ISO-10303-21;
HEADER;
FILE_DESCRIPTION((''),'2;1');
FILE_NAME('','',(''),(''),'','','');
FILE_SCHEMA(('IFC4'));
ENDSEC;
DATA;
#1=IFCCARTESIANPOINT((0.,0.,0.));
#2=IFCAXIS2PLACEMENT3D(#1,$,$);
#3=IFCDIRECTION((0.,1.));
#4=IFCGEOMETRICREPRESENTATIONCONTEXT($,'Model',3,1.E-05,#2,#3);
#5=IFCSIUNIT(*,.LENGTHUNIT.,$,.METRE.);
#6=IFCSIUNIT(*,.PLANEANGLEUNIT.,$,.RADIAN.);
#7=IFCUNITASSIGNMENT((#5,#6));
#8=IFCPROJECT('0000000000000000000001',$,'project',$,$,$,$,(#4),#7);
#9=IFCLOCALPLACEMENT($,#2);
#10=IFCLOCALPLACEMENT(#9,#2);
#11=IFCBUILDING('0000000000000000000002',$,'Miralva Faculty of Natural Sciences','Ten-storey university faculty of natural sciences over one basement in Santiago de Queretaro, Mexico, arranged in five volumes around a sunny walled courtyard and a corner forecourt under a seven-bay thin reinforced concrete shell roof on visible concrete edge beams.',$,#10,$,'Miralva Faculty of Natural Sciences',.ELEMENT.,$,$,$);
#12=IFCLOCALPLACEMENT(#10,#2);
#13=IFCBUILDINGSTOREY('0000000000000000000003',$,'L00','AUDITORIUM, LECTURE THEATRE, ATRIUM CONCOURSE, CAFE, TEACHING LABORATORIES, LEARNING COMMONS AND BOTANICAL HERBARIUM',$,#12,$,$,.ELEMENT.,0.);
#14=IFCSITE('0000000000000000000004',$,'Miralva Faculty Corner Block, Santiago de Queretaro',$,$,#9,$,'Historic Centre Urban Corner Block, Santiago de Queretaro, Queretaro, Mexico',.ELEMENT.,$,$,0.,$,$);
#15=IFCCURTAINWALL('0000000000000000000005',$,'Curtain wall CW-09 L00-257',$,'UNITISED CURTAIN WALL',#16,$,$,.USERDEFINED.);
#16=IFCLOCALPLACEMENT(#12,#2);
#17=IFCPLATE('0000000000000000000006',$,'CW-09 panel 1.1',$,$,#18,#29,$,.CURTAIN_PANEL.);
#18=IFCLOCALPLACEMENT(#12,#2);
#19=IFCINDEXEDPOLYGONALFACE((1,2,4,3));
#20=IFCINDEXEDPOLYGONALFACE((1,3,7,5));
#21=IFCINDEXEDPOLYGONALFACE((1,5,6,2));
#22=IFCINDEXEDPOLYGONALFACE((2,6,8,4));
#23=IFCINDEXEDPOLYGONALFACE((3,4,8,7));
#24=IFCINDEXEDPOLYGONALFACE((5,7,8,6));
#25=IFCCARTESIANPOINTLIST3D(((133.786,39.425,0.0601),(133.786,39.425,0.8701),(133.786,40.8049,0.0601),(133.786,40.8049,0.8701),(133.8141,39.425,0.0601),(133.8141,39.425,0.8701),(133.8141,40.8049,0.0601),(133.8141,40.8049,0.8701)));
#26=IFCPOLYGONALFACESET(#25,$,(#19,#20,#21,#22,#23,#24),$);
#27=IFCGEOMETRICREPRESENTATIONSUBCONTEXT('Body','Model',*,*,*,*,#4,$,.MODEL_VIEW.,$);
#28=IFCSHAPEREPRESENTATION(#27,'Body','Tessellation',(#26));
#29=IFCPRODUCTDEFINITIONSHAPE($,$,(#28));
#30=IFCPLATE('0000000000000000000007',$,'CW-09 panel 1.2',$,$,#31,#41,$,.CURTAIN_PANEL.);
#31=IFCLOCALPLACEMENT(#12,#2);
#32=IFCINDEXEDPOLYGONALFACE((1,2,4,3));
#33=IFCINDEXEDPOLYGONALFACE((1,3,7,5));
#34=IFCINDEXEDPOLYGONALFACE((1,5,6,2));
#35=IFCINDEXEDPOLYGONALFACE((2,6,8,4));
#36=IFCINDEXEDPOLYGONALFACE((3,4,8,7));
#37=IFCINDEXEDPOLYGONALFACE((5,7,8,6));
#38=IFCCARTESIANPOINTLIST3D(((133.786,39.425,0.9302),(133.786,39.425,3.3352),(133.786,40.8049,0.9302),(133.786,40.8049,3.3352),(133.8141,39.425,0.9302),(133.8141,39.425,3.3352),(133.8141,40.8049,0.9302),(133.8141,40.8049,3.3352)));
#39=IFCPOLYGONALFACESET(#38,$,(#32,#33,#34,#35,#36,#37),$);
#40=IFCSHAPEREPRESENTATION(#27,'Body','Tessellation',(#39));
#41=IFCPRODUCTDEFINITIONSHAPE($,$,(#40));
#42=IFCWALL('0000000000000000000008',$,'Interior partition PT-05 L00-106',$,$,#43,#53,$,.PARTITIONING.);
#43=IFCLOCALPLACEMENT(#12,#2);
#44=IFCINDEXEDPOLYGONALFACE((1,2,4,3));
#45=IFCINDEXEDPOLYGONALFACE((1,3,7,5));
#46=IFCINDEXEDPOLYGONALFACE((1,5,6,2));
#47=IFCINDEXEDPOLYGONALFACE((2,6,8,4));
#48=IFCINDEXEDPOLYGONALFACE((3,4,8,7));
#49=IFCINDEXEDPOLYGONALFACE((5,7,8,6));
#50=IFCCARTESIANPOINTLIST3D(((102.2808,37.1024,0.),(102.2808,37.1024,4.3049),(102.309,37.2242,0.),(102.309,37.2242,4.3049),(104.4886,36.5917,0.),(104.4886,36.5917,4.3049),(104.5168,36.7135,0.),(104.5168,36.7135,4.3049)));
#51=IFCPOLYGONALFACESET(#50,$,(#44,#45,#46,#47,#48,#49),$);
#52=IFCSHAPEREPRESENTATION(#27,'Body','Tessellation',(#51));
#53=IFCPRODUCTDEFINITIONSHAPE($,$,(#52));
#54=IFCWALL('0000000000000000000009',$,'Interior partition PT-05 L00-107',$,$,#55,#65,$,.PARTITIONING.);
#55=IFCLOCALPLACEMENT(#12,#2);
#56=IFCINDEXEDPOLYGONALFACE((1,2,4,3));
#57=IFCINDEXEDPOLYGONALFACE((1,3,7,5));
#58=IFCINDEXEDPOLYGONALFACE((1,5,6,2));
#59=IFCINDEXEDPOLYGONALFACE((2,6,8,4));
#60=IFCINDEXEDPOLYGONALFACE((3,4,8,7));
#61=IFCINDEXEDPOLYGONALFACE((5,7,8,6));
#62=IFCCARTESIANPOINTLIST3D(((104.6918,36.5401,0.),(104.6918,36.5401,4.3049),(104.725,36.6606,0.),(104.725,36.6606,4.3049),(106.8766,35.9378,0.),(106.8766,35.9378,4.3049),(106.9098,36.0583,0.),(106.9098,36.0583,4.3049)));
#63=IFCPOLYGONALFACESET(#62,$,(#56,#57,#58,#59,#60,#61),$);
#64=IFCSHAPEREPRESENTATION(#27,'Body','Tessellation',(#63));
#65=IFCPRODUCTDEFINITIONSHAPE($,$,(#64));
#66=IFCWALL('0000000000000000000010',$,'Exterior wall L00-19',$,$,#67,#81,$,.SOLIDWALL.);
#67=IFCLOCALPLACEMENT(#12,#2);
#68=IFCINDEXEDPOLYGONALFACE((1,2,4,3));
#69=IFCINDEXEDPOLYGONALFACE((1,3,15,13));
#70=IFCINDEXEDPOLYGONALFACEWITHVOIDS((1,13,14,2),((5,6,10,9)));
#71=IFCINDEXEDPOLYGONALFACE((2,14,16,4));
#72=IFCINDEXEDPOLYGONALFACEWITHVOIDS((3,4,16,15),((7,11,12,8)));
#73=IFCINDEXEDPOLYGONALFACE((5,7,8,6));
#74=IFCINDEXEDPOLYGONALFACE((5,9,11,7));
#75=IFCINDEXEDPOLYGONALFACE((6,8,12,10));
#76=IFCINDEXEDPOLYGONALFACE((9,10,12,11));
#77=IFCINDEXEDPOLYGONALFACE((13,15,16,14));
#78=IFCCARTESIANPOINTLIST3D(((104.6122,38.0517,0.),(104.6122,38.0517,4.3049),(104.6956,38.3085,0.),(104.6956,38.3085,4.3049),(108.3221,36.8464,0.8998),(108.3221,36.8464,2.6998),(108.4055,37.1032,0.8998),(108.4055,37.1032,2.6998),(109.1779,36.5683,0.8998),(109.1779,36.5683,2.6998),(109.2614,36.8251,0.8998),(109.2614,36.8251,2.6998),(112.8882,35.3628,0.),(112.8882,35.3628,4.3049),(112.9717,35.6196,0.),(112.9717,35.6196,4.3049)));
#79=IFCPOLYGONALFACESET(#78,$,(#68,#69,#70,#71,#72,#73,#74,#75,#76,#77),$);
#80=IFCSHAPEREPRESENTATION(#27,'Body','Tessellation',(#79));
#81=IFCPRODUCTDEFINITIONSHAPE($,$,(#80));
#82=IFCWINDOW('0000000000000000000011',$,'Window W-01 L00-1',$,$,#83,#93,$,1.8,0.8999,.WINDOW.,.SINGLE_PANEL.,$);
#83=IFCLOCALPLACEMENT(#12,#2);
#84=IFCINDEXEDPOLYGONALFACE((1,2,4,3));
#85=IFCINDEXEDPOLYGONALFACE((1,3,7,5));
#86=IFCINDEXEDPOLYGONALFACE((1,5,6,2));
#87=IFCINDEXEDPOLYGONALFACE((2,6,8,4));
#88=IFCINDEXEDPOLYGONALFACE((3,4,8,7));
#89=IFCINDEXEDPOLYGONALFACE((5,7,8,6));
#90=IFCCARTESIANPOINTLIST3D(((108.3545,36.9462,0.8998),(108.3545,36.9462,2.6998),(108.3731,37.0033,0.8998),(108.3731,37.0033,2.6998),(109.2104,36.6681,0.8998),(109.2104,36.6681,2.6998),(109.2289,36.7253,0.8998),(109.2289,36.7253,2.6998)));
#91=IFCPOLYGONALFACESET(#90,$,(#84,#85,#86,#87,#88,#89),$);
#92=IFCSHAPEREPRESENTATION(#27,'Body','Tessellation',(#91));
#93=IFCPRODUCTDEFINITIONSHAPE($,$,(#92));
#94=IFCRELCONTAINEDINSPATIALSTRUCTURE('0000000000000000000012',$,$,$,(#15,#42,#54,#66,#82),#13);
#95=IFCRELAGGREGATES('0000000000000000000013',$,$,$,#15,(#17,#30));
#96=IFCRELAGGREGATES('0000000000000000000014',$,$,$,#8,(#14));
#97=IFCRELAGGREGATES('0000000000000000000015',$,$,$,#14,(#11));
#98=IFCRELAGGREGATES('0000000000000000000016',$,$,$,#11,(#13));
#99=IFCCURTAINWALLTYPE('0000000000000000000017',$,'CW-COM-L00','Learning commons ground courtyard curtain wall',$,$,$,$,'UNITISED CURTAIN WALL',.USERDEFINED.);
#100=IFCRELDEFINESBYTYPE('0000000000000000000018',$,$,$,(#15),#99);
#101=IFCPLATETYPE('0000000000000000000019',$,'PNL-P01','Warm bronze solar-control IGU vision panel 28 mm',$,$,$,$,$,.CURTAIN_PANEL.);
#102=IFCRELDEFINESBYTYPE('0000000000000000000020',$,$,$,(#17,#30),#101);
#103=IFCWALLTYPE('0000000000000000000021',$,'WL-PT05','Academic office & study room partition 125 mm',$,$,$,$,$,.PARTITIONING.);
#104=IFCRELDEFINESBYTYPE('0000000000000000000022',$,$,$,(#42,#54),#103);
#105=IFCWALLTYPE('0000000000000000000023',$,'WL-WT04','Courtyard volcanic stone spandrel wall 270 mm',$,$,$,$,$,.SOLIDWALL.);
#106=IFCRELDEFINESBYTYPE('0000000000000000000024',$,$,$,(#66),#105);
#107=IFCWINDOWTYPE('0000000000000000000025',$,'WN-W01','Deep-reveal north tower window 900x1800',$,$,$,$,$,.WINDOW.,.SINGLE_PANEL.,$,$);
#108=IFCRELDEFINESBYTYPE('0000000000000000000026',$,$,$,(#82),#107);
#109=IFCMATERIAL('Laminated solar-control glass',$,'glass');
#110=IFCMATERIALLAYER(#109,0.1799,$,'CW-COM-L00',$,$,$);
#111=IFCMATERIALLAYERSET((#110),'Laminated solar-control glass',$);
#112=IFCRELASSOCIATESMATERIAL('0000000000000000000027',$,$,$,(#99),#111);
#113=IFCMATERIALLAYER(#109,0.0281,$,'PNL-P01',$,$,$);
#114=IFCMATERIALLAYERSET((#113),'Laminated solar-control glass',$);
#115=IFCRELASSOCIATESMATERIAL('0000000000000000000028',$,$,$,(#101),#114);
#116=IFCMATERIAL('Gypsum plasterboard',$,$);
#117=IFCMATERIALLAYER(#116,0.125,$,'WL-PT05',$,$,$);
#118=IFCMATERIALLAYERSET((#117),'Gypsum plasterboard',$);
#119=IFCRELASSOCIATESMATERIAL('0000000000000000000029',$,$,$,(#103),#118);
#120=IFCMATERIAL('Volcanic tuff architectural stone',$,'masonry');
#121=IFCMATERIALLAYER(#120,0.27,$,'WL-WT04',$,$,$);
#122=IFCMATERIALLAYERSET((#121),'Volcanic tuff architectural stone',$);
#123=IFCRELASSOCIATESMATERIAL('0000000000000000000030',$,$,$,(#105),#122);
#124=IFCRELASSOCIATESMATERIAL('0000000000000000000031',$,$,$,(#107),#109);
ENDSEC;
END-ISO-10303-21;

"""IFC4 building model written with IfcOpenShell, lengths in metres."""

from ifc_helpers import new_model, si_unit, direction, frame, frame_2d, origin, origin_2d, place, context, subcontext, project, spatial, rectangle, extrude, material, layer, layer_set, type_object, element, fill, aggregate, save


model = new_model("IFC4")

# Units and contexts
model_context = context("Model", 3, precision=1e-05, world=origin(), true_north=direction((0.0, 1.0)))
body_context = subcontext(model_context, "Body", "Model", "MODEL_VIEW")
ifc_project = project(units=[si_unit("LENGTHUNIT", "METRE"), si_unit("PLANEANGLEUNIT", "RADIAN")], contexts=[model_context])

# Site, building, storey
site_placement = place(None, origin())
site = spatial("IfcSite", under=ifc_project, at=site_placement, Name="Miralva Faculty Corner Block, Santiago de Queretaro", LongName="Historic Centre Urban Corner Block, Santiago de Queretaro, Queretaro, Mexico", CompositionType="ELEMENT", RefElevation=0.0)
building_placement = place(site_placement, origin())
building = spatial("IfcBuilding", under=site, at=building_placement, Name="Miralva Faculty of Natural Sciences", Description="Ten-storey university faculty of natural sciences over one basement in Santiago de Queretaro, Mexico, arranged in five volumes around a sunny walled courtyard and a corner forecourt under a seven-bay thin reinforced concrete shell roof on visible concrete edge beams.", LongName="Miralva Faculty of Natural Sciences", CompositionType="ELEMENT")
storey_placement = place(building_placement, origin())
storey = spatial("IfcBuildingStorey", under=building, at=storey_placement, Name="L00", Description="AUDITORIUM, LECTURE THEATRE, ATRIUM CONCOURSE, CAFE, TEACHING LABORATORIES, LEARNING COMMONS AND BOTANICAL HERBARIUM", CompositionType="ELEMENT", Elevation=0.0)

# Shared definitions
ifc_material_1 = material(Name="Laminated solar-control glass", Category="glass")

# Curtain wall
ifc_layer_1 = layer(ifc_material_1, 0.1799, Name="CW-COM-L00")
ifc_layer_set_1 = layer_set([ifc_layer_1], Name="Laminated solar-control glass")
curtain_wall_type_1 = type_object("IfcCurtainWallType", Name="CW-COM-L00", Description="Learning commons ground courtyard curtain wall", ElementType="UNITISED CURTAIN WALL", PredefinedType="USERDEFINED", material=ifc_layer_set_1)
curtain_wall_1_placement = place(storey_placement, origin())
curtain_wall_1 = element("IfcCurtainWall", 1, at=curtain_wall_1_placement, inside=storey, type_object=curtain_wall_type_1, Name="Curtain wall CW-09 L00-257", ObjectType="UNITISED CURTAIN WALL", PredefinedType="USERDEFINED")

# Plates
ifc_layer_2 = layer(ifc_material_1, 0.0281, Name="PNL-P01")
ifc_layer_set_2 = layer_set([ifc_layer_2], Name="Laminated solar-control glass")
plate_type = type_object("IfcPlateType", Name="PNL-P01", Description="Warm bronze solar-control IGU vision panel 28 mm", PredefinedType="CURTAIN_PANEL", material=ifc_layer_set_2)
plate_1_placement = place(storey_placement, frame((133.8, 40.115, 0.0601), z_axis=(0.0, 0.0, 1.0), x_axis=(0.0, 1.0, 0.0)))
plate_1 = element("IfcPlate", 2, at=plate_1_placement, type_object=plate_type, Name="CW-09 panel 1.1", PredefinedType="CURTAIN_PANEL", context=body_context, shape_type="SweptSolid", body=[
    extrude(rectangle(XDim=1.3799, YDim=0.0281, at=origin_2d()), origin(), (0.0, 0.0, 1.0), 0.8101),
])
plate_2_placement = place(storey_placement, frame((133.8, 40.115, 0.9302), z_axis=(0.0, 0.0, 1.0), x_axis=(0.0, 1.0, 0.0)))
plate_2 = element("IfcPlate", 3, at=plate_2_placement, type_object=plate_type, Name="CW-09 panel 1.2", PredefinedType="CURTAIN_PANEL", context=body_context, shape_type="SweptSolid", body=[
    extrude(rectangle(XDim=1.3799, YDim=0.0281, at=origin_2d()), origin(), (0.0, 0.0, 1.0), 2.405),
])
aggregate(curtain_wall_1, [plate_1, plate_2])

# Walls
ifc_material_2 = material(Name="Gypsum plasterboard")
ifc_layer_3 = layer(ifc_material_2, 0.125, Name="WL-PT05")
ifc_layer_set_3 = layer_set([ifc_layer_3], Name="Gypsum plasterboard")
wall_type_1 = type_object("IfcWallType", Name="WL-PT05", Description="Academic office & study room partition 125 mm", PredefinedType="PARTITIONING", material=ifc_layer_set_3)
wall_1_placement = place(storey_placement, frame((102.2949, 37.1633, 0.0), z_axis=(0.0, 0.0, 1.0), x_axis=(0.974269, -0.225387, 0.0)))
element("IfcWall", 4, at=wall_1_placement, inside=storey, type_object=wall_type_1, Name="Interior partition PT-05 L00-106", PredefinedType="PARTITIONING", context=body_context, shape_type="SweptSolid", body=[
    extrude(rectangle(XDim=2.2661, YDim=0.125, at=frame_2d((1.1331, 0.0))), origin(), (0.0, 0.0, 1.0), 4.3049),
])
wall_2_placement = place(storey_placement, frame((104.7083, 36.6003, 0.0), z_axis=(0.0, 0.0, 1.0), x_axis=(0.964039, -0.26576, 0.0)))
element("IfcWall", 5, at=wall_2_placement, inside=storey, type_object=wall_type_1, Name="Interior partition PT-05 L00-107", PredefinedType="PARTITIONING", context=body_context, shape_type="SweptSolid", body=[
    extrude(rectangle(XDim=2.2664, YDim=0.125, at=frame_2d((1.1333, 0.0))), origin(), (0.0, 0.0, 1.0), 4.3049),
])

# Wall, opening, window
ifc_material_3 = material(Name="Volcanic tuff architectural stone", Category="masonry")
ifc_layer_4 = layer(ifc_material_3, 0.27, Name="WL-WT04")
ifc_layer_set_4 = layer_set([ifc_layer_4], Name="Volcanic tuff architectural stone")
wall_type_2 = type_object("IfcWallType", Name="WL-WT04", Description="Courtyard volcanic stone spandrel wall 270 mm", PredefinedType="SOLIDWALL", material=ifc_layer_set_4)
wall_3_placement = place(storey_placement, frame((104.6538, 38.1802, 0.0), z_axis=(0.0, 0.0, 1.0), x_axis=(0.95106, -0.309006, 0.0)))
wall_3 = element("IfcWall", 6, at=wall_3_placement, inside=storey, type_object=wall_type_2, Name="Exterior wall L00-19", PredefinedType="SOLIDWALL", context=body_context, shape_type="SweptSolid", body=[
    extrude(rectangle(XDim=8.7019, YDim=0.27, at=frame_2d((4.3511, 0.0))), origin(), (0.0, 0.0, 1.0), 4.3049),
])
opening_placement = place(wall_3_placement, frame((3.9009, 0.0, 0.8999)))
opening = element("IfcOpeningElement", 7, at=opening_placement, cuts=wall_3, PredefinedType="OPENING", context=body_context, shape_type="SweptSolid", body=[
    extrude(rectangle(XDim=0.8999, YDim=1.8, at=frame_2d((0.45, 0.8999))), frame((0.0, 0.145, 0.0), z_axis=(0.0, -1.0, 0.0), x_axis=(1.0, 0.0, 0.0)), (0.0, 0.0, 1.0), 0.29),
])
window_type = type_object("IfcWindowType", Name="WN-W01", Description="Deep-reveal north tower window 900x1800", PartitioningType="SINGLE_PANEL", PredefinedType="WINDOW", material=ifc_material_1)
window_placement = place(opening_placement, origin())
window = element("IfcWindow", 8, at=window_placement, inside=storey, type_object=window_type, Name="Window W-01 L00-1", OverallHeight=1.8, OverallWidth=0.8999, PartitioningType="SINGLE_PANEL", PredefinedType="WINDOW", context=body_context, shape_type="SweptSolid", body=[
    extrude(rectangle(XDim=0.8999, YDim=1.8, at=frame_2d((0.45, 0.8999))), frame((0.0, 0.03, 0.0), z_axis=(0.0, -1.0, 0.0), x_axis=(1.0, 0.0, 0.0)), (0.0, 0.0, 1.0), 0.0601),
])
fill(opening, window)

save(model, "model.ifc")
